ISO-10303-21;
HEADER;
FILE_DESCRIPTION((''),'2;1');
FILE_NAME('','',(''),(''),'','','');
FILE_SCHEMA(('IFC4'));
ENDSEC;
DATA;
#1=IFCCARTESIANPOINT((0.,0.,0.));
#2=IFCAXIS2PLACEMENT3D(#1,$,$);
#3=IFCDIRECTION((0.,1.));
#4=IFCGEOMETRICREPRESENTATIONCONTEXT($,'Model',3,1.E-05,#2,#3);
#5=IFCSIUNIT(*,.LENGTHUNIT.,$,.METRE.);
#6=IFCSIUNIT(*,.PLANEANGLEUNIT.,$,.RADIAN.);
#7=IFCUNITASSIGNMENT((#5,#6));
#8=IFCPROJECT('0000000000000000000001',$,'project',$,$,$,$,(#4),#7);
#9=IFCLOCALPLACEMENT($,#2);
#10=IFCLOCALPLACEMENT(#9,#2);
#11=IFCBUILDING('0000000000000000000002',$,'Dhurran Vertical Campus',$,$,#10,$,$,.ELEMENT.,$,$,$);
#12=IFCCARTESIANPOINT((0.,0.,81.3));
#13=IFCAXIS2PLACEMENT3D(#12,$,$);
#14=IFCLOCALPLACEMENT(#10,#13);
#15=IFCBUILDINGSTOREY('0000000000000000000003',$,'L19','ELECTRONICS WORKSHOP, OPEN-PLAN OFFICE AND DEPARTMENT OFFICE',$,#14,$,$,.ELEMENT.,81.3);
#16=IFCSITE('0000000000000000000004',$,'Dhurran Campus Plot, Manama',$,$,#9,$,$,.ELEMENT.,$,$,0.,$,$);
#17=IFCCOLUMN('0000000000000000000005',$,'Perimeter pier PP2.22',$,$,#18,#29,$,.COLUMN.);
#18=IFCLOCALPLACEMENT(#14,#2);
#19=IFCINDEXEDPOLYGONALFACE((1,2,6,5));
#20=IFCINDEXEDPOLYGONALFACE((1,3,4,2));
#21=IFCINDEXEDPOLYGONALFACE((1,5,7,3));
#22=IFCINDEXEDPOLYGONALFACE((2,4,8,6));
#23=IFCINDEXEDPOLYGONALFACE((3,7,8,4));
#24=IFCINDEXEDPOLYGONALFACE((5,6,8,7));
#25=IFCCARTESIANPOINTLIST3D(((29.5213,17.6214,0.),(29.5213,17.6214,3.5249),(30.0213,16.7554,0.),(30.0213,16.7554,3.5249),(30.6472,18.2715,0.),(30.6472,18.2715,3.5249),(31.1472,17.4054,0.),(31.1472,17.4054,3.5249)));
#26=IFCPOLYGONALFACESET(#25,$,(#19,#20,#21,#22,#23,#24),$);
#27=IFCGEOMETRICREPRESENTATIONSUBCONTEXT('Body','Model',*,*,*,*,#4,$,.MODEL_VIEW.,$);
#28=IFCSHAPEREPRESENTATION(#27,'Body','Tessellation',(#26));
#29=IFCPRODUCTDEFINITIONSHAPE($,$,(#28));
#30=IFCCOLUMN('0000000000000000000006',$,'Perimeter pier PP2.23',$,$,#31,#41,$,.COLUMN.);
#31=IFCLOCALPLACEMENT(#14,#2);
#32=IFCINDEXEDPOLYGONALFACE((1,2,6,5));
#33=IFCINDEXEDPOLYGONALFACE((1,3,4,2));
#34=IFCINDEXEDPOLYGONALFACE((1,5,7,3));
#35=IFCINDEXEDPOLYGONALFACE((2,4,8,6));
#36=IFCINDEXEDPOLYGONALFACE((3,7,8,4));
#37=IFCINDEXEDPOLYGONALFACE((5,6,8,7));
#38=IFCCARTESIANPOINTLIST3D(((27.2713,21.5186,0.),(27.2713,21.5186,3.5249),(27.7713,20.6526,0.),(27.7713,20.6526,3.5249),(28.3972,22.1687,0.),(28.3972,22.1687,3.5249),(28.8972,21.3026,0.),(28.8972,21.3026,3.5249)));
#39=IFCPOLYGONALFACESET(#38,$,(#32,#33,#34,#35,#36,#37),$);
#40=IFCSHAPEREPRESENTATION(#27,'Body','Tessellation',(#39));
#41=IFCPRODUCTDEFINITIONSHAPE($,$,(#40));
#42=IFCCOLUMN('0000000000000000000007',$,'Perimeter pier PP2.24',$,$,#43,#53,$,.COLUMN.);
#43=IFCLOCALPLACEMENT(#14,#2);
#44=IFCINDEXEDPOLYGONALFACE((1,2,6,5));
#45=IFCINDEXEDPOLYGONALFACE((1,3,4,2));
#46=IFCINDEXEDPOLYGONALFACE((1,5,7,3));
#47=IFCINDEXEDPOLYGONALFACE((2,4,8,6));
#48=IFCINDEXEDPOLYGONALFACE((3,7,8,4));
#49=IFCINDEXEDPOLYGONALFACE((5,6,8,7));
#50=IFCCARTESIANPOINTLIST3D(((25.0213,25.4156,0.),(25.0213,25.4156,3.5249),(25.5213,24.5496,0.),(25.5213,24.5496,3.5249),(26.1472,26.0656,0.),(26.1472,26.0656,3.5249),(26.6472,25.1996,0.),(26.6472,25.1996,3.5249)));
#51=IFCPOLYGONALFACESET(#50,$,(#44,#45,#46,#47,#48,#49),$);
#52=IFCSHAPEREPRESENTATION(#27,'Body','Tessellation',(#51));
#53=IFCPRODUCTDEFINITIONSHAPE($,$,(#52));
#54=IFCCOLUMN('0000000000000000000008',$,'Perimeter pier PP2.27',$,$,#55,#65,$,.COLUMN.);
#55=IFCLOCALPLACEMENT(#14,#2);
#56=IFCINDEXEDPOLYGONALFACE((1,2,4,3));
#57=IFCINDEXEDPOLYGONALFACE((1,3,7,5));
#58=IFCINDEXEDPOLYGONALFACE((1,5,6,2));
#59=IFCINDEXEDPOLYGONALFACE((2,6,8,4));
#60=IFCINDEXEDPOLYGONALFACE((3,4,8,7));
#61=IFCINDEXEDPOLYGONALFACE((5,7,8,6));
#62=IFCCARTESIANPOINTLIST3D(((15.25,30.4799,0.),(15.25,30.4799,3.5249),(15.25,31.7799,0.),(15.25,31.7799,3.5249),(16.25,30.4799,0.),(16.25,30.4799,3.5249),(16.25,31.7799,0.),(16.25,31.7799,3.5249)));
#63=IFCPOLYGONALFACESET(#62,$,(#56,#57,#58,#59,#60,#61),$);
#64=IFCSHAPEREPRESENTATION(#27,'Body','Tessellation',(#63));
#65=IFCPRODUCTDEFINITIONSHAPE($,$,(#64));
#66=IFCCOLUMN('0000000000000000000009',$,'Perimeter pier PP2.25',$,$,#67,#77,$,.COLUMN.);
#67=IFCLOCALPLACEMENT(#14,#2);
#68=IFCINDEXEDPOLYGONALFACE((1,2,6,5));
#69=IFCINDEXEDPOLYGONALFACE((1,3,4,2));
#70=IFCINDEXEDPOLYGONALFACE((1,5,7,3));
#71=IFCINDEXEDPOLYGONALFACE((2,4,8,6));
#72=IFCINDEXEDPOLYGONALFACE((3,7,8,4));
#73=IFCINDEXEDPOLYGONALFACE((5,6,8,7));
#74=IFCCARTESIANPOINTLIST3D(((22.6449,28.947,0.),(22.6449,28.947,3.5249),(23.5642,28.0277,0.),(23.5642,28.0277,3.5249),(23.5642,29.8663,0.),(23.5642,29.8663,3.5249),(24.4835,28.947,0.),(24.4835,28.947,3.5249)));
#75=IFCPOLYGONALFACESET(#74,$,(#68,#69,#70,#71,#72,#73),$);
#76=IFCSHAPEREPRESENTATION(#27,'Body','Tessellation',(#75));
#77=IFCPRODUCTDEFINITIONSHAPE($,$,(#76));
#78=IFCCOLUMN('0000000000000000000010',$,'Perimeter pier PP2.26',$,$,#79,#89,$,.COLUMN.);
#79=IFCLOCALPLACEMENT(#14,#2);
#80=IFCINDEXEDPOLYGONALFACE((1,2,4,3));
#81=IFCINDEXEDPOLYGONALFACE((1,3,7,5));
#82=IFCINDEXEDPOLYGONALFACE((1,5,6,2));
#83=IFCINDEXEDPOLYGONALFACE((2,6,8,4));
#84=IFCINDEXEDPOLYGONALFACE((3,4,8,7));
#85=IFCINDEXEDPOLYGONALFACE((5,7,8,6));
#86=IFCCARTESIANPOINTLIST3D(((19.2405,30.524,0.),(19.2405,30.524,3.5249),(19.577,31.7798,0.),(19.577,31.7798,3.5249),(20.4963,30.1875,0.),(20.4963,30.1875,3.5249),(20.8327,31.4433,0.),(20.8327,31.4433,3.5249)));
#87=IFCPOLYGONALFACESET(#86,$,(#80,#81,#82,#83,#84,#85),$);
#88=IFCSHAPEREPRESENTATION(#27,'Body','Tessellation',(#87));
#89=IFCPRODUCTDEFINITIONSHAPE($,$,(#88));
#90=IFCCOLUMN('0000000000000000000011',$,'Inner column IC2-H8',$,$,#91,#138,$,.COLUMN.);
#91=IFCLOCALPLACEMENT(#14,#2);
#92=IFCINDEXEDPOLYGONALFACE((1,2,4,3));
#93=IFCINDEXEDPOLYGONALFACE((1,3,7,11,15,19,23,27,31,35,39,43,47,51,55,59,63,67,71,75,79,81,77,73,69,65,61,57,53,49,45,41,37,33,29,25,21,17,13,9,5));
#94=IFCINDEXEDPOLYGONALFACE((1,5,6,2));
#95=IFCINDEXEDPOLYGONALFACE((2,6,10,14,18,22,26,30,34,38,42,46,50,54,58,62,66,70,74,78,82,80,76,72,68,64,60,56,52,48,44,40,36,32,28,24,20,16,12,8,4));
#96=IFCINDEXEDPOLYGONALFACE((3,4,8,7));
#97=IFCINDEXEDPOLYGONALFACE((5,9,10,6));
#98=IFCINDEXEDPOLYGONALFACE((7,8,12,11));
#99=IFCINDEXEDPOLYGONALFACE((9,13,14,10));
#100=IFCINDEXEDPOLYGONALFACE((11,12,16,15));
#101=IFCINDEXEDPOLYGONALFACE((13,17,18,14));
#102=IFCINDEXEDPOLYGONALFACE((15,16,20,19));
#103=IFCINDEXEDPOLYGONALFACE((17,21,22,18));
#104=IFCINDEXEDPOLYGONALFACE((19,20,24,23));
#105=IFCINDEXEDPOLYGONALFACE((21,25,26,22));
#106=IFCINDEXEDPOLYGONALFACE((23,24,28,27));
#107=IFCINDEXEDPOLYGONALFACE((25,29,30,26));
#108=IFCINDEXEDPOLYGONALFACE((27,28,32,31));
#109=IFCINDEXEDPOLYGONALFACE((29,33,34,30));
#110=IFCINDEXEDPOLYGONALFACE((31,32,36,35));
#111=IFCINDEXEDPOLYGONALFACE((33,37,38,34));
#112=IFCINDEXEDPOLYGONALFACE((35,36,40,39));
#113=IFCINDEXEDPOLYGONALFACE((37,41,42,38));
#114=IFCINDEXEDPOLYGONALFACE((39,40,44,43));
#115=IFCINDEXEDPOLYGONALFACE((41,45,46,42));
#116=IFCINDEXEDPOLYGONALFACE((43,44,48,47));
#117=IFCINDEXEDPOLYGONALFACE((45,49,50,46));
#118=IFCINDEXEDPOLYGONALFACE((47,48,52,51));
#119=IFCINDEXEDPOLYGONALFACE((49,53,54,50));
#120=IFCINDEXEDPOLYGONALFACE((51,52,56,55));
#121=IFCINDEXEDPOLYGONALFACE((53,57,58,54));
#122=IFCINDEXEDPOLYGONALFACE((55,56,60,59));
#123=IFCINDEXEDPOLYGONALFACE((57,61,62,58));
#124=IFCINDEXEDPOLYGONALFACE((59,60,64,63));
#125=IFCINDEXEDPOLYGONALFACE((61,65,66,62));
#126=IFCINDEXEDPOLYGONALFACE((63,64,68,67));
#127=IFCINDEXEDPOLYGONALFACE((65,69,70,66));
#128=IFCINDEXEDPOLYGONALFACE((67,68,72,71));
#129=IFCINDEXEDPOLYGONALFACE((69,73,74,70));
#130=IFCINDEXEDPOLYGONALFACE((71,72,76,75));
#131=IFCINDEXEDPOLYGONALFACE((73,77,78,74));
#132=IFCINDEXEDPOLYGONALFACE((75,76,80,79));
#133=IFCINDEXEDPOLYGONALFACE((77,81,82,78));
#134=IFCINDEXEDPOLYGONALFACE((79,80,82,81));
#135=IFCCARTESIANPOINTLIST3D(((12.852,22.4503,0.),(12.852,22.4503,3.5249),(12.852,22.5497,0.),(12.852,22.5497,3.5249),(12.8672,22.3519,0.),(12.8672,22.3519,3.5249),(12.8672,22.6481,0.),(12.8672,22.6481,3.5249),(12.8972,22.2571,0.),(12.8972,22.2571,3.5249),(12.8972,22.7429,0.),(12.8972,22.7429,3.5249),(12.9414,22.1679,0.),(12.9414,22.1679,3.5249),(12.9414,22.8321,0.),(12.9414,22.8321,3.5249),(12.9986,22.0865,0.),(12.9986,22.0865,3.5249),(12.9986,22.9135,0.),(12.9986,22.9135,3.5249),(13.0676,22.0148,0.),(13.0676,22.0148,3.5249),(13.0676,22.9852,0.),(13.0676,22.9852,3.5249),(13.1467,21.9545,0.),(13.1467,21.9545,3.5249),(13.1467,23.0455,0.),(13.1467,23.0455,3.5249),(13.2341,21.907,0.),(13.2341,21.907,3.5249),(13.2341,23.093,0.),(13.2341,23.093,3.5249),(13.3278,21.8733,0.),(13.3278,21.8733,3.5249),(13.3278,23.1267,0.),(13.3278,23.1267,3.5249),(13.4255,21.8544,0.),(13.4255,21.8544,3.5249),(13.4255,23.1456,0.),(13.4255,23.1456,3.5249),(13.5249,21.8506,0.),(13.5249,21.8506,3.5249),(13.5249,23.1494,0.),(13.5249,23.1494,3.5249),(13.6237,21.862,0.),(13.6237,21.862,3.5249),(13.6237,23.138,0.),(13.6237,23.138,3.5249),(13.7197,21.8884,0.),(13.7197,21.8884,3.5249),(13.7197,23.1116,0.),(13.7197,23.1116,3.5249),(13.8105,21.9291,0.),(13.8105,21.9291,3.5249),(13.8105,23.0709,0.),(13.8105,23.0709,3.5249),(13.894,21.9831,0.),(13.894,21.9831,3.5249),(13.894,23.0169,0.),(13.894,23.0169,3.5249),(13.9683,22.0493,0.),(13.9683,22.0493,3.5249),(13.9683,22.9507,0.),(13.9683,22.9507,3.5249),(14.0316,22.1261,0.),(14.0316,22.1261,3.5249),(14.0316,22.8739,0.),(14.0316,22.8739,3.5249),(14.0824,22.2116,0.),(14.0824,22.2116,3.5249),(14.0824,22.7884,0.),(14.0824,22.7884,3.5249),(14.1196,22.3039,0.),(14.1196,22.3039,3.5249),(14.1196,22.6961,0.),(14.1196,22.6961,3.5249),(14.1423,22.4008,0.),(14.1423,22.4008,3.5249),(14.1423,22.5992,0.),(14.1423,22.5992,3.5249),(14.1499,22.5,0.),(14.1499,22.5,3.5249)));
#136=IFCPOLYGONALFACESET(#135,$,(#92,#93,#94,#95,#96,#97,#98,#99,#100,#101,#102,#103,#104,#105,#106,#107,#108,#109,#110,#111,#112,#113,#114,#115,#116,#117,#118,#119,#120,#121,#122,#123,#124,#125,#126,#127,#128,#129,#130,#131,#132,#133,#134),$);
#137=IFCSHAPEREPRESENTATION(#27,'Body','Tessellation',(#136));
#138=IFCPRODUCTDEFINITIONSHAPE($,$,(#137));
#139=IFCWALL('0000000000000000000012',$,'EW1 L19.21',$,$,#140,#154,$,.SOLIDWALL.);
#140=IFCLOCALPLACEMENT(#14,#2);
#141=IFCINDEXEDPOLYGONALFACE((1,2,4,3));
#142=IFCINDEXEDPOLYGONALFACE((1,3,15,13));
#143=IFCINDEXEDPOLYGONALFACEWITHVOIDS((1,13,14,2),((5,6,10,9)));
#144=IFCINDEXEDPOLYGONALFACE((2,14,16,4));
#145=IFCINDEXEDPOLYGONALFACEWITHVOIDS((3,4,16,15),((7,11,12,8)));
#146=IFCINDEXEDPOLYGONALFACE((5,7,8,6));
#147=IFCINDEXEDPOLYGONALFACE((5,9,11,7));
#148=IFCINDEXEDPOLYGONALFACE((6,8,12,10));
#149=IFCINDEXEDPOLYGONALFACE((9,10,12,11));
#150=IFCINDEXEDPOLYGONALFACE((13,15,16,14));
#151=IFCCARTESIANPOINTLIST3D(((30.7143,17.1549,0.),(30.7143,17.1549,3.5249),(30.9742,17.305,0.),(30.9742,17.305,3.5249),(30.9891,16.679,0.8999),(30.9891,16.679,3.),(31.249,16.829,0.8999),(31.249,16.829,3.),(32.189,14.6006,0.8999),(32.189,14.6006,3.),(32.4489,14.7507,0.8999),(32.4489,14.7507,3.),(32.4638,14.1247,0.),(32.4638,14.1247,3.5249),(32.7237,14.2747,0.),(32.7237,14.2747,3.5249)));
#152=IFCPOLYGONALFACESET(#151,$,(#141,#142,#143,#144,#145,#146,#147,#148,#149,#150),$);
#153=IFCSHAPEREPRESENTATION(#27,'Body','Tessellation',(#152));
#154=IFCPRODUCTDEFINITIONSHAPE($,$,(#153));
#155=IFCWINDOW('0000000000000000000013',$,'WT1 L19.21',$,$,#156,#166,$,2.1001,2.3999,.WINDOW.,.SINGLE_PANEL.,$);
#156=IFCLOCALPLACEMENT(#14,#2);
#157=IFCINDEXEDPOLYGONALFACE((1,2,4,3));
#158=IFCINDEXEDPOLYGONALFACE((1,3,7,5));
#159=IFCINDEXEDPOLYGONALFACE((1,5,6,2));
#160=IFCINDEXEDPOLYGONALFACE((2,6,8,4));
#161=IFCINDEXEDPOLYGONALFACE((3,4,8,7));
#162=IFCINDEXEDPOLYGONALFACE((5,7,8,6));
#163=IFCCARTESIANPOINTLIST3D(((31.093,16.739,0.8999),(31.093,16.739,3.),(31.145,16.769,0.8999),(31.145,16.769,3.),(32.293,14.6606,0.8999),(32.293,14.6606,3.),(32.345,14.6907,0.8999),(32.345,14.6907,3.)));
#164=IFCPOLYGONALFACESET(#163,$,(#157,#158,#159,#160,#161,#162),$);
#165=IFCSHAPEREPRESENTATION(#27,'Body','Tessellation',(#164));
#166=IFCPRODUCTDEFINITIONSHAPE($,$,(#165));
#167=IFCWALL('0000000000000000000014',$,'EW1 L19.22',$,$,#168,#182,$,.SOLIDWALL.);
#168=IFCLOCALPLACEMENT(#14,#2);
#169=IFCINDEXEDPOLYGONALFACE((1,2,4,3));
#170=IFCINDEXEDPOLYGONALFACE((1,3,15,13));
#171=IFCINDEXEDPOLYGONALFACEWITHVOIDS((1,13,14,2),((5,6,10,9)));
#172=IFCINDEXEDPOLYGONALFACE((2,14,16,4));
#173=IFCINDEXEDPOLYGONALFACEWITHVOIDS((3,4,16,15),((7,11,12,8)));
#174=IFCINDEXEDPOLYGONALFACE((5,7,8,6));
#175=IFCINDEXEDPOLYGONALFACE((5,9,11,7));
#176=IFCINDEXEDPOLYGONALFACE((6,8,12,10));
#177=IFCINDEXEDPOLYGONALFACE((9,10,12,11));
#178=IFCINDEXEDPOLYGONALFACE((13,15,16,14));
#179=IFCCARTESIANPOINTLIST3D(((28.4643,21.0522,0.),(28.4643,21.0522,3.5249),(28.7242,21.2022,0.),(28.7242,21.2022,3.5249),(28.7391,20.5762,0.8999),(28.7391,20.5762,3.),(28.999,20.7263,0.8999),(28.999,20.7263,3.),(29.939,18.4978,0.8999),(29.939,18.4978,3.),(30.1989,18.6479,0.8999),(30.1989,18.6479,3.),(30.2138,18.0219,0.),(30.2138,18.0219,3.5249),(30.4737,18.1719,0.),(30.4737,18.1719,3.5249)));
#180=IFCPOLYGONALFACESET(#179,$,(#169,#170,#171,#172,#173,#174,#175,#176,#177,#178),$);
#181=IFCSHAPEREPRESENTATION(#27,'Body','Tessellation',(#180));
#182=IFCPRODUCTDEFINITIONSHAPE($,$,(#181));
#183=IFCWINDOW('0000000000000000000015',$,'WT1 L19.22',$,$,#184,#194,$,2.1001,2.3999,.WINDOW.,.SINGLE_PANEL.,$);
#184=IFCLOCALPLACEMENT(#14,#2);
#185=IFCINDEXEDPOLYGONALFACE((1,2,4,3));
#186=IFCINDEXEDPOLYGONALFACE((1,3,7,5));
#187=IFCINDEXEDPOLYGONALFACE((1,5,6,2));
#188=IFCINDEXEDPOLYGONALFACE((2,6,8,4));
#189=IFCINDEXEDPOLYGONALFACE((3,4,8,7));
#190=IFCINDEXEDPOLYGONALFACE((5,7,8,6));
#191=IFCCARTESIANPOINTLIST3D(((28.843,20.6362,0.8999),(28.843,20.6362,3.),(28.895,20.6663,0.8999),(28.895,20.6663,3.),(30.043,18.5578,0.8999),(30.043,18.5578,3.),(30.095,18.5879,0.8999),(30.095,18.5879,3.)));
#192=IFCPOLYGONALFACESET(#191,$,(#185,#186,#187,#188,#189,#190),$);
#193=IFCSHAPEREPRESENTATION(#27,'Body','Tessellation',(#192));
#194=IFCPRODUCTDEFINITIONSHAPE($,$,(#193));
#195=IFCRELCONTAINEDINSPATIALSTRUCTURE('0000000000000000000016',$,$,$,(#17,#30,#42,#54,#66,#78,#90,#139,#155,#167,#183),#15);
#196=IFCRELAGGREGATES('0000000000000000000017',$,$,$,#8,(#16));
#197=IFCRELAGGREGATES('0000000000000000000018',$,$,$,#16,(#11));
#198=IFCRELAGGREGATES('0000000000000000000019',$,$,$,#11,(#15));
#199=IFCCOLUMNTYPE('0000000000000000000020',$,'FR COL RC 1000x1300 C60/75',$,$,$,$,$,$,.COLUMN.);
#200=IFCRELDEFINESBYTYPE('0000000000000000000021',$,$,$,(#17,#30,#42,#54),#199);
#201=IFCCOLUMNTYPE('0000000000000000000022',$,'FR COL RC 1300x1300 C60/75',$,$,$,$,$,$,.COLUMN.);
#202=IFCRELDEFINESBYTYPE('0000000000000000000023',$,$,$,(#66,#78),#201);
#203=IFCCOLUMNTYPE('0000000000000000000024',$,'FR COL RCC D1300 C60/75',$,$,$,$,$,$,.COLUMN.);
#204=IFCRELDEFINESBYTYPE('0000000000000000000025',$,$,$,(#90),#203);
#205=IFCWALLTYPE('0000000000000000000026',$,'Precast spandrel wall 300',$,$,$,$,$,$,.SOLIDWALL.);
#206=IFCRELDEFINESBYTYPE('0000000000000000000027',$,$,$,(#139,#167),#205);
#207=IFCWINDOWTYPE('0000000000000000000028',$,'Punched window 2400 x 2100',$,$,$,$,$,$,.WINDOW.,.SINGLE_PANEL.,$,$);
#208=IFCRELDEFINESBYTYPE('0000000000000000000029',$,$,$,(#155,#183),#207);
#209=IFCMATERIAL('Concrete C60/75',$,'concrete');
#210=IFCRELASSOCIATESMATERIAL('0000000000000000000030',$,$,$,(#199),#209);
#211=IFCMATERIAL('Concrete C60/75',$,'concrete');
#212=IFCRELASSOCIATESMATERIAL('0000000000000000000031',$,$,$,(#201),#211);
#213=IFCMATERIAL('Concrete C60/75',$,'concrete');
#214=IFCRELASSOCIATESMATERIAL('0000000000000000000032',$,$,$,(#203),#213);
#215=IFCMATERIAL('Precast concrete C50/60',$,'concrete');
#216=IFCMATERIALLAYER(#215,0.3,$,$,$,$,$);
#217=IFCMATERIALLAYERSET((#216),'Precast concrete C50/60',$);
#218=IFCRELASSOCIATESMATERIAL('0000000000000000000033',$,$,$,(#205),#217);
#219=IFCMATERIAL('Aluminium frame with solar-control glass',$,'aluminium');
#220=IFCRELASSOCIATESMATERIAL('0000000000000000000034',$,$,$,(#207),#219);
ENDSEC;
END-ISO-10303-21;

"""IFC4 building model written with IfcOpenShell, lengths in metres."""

from ifc_helpers import new_model, si_unit, direction, frame, frame_2d, origin, origin_2d, place, context, subcontext, project, spatial, rectangle, circle, extrude, material, layer, layer_set, material_profile, profile_set, type_object, element, fill, save


model = new_model("IFC4")

# Units and contexts
model_context = context("Model", 3, precision=1e-05, world=origin(), true_north=direction((0.0, 1.0)))
body_context = subcontext(model_context, "Body", "Model", "MODEL_VIEW")
ifc_project = project(units=[si_unit("LENGTHUNIT", "METRE"), si_unit("PLANEANGLEUNIT", "RADIAN")], contexts=[model_context])

# Site, building, storey
site_placement = place(None, origin())
site = spatial("IfcSite", under=ifc_project, at=site_placement, Name="Dhurran Campus Plot, Manama", CompositionType="ELEMENT", RefElevation=0.0)
building_placement = place(site_placement, origin())
building = spatial("IfcBuilding", under=site, at=building_placement, Name="Dhurran Vertical Campus", CompositionType="ELEMENT")
storey_placement = place(building_placement, frame((0.0, 0.0, 81.3)))
storey = spatial("IfcBuildingStorey", under=building, at=storey_placement, Name="L19", Description="ELECTRONICS WORKSHOP, OPEN-PLAN OFFICE AND DEPARTMENT OFFICE", CompositionType="ELEMENT", Elevation=81.3)

# Columns
ifc_material_1 = material(Name="Concrete C60/75", Category="concrete")
ifc_material_profile_1 = material_profile(ifc_material_1, rectangle(XDim=1.0, YDim=1.3, at=origin_2d()), Name="RC 1000x1300")
ifc_profile_set_1 = profile_set([ifc_material_profile_1], Name="Concrete C60/75")
column_type_1 = type_object("IfcColumnType", Name="FR COL RC 1000x1300 C60/75", PredefinedType="COLUMN", material=ifc_profile_set_1)
for number, where, z_axis, x_axis, name in (
    (1, (30.3342, 17.5134, 0.0), (0.0, 0.0, 1.0), (-0.5, 0.866025, 0.0), "Perimeter pier PP2.22"),
    (2, (28.0842, 21.4106, 0.0), (0.0, 0.0, 1.0), (-0.5, 0.866025, 0.0), "Perimeter pier PP2.23"),
    (3, (25.8342, 25.3076, 0.0), (0.0, 0.0, 1.0), (-0.5, 0.866025, 0.0), "Perimeter pier PP2.24"),
    (4, (15.75, 31.1299, 0.0), (0.0, 0.0, 1.0), (-1.0, 0.0, 0.0), "Perimeter pier PP2.27"),
):
    element("IfcColumn", number, at=place(storey_placement, frame(where, z_axis=z_axis, x_axis=x_axis)), inside=storey, type_object=column_type_1, Name=name, PredefinedType="COLUMN", context=body_context, shape_type="SweptSolid", body=[
        extrude(rectangle(XDim=1.0, YDim=1.3, at=origin_2d()), origin(), (0.0, 0.0, 1.0), 3.5249),
    ])
ifc_material_2 = material(Name="Concrete C60/75", Category="concrete")
ifc_material_profile_2 = material_profile(ifc_material_2, rectangle(XDim=1.3, YDim=1.3, at=origin_2d()), Name="RC 1300x1300")
ifc_profile_set_2 = profile_set([ifc_material_profile_2], Name="Concrete C60/75")
column_type_2 = type_object("IfcColumnType", Name="FR COL RC 1300x1300 C60/75", PredefinedType="COLUMN", material=ifc_profile_set_2)
for number, where, z_axis, x_axis, name in (
    (5, (23.5642, 28.947, 0.0), (0.0, 0.0, 1.0), (-0.707107, 0.707107, 0.0), "Perimeter pier PP2.25"),
    (6, (20.0366, 30.9836, 0.0), (0.0, 0.0, 1.0), (-0.965926, 0.258819, 0.0), "Perimeter pier PP2.26"),
):
    element("IfcColumn", number, at=place(storey_placement, frame(where, z_axis=z_axis, x_axis=x_axis)), inside=storey, type_object=column_type_2, Name=name, PredefinedType="COLUMN", context=body_context, shape_type="SweptSolid", body=[
        extrude(rectangle(XDim=1.3, YDim=1.3, at=origin_2d()), origin(), (0.0, 0.0, 1.0), 3.5249),
    ])
ifc_material_3 = material(Name="Concrete C60/75", Category="concrete")
ifc_material_profile_3 = material_profile(ifc_material_3, circle(Radius=0.6499, at=origin_2d()), Name="RCC D1300")
ifc_profile_set_3 = profile_set([ifc_material_profile_3], Name="Concrete C60/75")
column_type_3 = type_object("IfcColumnType", Name="FR COL RCC D1300 C60/75", PredefinedType="COLUMN", material=ifc_profile_set_3)
column_placement = place(storey_placement, frame((13.5, 22.5, 0.0), z_axis=(0.0, 0.0, 1.0), x_axis=(1.0, 0.0, 0.0)))
element("IfcColumn", 7, at=column_placement, inside=storey, type_object=column_type_3, Name="Inner column IC2-H8", PredefinedType="COLUMN", context=body_context, shape_type="SweptSolid", body=[
    extrude(circle(Radius=0.6499, at=origin_2d()), origin(), (0.0, 0.0, 1.0), 3.5249),
])

# Walls, openings, windows
ifc_material_4 = material(Name="Precast concrete C50/60", Category="concrete")
ifc_layer_1 = layer(ifc_material_4, 0.3)
ifc_layer_set_1 = layer_set([ifc_layer_1], Name="Precast concrete C50/60")
wall_type_1 = type_object("IfcWallType", Name="Precast spandrel wall 300", PredefinedType="SOLIDWALL", material=ifc_layer_set_1)
wall_1_placement = place(storey_placement, frame((32.5938, 14.1997, 0.0), z_axis=(0.0, 0.0, 1.0), x_axis=(-0.499996, 0.866028, 0.0)))
wall_1 = element("IfcWall", 8, at=wall_1_placement, inside=storey, type_object=wall_type_1, Name="EW1 L19.21", PredefinedType="SOLIDWALL", context=body_context, shape_type="SweptSolid", body=[
    extrude(rectangle(XDim=3.499, YDim=0.3, at=frame_2d((1.7495, 0.0))), origin(), (0.0, 0.0, 1.0), 3.5249),
])
opening_1_placement = place(wall_1_placement, frame((0.5496, 0.0, 0.8999)))
opening_1 = element("IfcOpeningElement", 9, at=opening_1_placement, cuts=wall_1, PredefinedType="OPENING", context=body_context, shape_type="SweptSolid", body=[
    extrude(rectangle(XDim=2.3999, YDim=2.1001, at=frame_2d((1.2, 1.05))), frame((0.0, 0.1599, 0.0), z_axis=(0.0, -1.0, 0.0), x_axis=(1.0, 0.0, 0.0)), (0.0, 0.0, 1.0), 0.3201),
])
ifc_material_5 = material(Name="Aluminium frame with solar-control glass", Category="aluminium")
window_type = type_object("IfcWindowType", Name="Punched window 2400 x 2100", PartitioningType="SINGLE_PANEL", PredefinedType="WINDOW", material=ifc_material_5)
window_1_placement = place(opening_1_placement, origin())
window_1 = element("IfcWindow", 10, at=window_1_placement, inside=storey, type_object=window_type, Name="WT1 L19.21", OverallHeight=2.1001, OverallWidth=2.3999, PartitioningType="SINGLE_PANEL", PredefinedType="WINDOW", context=body_context, shape_type="SweptSolid", body=[
    extrude(rectangle(XDim=2.3999, YDim=2.1001, at=frame_2d((1.2, 1.05))), frame((0.0, 0.03, 0.0), z_axis=(0.0, -1.0, 0.0), x_axis=(1.0, 0.0, 0.0)), (0.0, 0.0, 1.0), 0.0601),
])
fill(opening_1, window_1)
wall_2_placement = place(storey_placement, frame((30.3438, 18.0969, 0.0), z_axis=(0.0, 0.0, 1.0), x_axis=(-0.499996, 0.866028, 0.0)))
wall_2 = element("IfcWall", 11, at=wall_2_placement, inside=storey, type_object=wall_type_1, Name="EW1 L19.22", PredefinedType="SOLIDWALL", context=body_context, shape_type="SweptSolid", body=[
    extrude(rectangle(XDim=3.499, YDim=0.3, at=frame_2d((1.7495, 0.0))), origin(), (0.0, 0.0, 1.0), 3.5249),
])
opening_2_placement = place(wall_2_placement, frame((0.5496, 0.0, 0.8999)))
opening_2 = element("IfcOpeningElement", 12, at=opening_2_placement, cuts=wall_2, PredefinedType="OPENING", context=body_context, shape_type="SweptSolid", body=[
    extrude(rectangle(XDim=2.3999, YDim=2.1001, at=frame_2d((1.2, 1.05))), frame((0.0, 0.1599, 0.0), z_axis=(0.0, -1.0, 0.0), x_axis=(1.0, 0.0, 0.0)), (0.0, 0.0, 1.0), 0.3201),
])
window_2_placement = place(opening_2_placement, origin())
window_2 = element("IfcWindow", 13, at=window_2_placement, inside=storey, type_object=window_type, Name="WT1 L19.22", OverallHeight=2.1001, OverallWidth=2.3999, PartitioningType="SINGLE_PANEL", PredefinedType="WINDOW", context=body_context, shape_type="SweptSolid", body=[
    extrude(rectangle(XDim=2.3999, YDim=2.1001, at=frame_2d((1.2, 1.05))), frame((0.0, 0.03, 0.0), z_axis=(0.0, -1.0, 0.0), x_axis=(1.0, 0.0, 0.0)), (0.0, 0.0, 1.0), 0.0601),
])
fill(opening_2, window_2)

save(model, "model.ifc")
